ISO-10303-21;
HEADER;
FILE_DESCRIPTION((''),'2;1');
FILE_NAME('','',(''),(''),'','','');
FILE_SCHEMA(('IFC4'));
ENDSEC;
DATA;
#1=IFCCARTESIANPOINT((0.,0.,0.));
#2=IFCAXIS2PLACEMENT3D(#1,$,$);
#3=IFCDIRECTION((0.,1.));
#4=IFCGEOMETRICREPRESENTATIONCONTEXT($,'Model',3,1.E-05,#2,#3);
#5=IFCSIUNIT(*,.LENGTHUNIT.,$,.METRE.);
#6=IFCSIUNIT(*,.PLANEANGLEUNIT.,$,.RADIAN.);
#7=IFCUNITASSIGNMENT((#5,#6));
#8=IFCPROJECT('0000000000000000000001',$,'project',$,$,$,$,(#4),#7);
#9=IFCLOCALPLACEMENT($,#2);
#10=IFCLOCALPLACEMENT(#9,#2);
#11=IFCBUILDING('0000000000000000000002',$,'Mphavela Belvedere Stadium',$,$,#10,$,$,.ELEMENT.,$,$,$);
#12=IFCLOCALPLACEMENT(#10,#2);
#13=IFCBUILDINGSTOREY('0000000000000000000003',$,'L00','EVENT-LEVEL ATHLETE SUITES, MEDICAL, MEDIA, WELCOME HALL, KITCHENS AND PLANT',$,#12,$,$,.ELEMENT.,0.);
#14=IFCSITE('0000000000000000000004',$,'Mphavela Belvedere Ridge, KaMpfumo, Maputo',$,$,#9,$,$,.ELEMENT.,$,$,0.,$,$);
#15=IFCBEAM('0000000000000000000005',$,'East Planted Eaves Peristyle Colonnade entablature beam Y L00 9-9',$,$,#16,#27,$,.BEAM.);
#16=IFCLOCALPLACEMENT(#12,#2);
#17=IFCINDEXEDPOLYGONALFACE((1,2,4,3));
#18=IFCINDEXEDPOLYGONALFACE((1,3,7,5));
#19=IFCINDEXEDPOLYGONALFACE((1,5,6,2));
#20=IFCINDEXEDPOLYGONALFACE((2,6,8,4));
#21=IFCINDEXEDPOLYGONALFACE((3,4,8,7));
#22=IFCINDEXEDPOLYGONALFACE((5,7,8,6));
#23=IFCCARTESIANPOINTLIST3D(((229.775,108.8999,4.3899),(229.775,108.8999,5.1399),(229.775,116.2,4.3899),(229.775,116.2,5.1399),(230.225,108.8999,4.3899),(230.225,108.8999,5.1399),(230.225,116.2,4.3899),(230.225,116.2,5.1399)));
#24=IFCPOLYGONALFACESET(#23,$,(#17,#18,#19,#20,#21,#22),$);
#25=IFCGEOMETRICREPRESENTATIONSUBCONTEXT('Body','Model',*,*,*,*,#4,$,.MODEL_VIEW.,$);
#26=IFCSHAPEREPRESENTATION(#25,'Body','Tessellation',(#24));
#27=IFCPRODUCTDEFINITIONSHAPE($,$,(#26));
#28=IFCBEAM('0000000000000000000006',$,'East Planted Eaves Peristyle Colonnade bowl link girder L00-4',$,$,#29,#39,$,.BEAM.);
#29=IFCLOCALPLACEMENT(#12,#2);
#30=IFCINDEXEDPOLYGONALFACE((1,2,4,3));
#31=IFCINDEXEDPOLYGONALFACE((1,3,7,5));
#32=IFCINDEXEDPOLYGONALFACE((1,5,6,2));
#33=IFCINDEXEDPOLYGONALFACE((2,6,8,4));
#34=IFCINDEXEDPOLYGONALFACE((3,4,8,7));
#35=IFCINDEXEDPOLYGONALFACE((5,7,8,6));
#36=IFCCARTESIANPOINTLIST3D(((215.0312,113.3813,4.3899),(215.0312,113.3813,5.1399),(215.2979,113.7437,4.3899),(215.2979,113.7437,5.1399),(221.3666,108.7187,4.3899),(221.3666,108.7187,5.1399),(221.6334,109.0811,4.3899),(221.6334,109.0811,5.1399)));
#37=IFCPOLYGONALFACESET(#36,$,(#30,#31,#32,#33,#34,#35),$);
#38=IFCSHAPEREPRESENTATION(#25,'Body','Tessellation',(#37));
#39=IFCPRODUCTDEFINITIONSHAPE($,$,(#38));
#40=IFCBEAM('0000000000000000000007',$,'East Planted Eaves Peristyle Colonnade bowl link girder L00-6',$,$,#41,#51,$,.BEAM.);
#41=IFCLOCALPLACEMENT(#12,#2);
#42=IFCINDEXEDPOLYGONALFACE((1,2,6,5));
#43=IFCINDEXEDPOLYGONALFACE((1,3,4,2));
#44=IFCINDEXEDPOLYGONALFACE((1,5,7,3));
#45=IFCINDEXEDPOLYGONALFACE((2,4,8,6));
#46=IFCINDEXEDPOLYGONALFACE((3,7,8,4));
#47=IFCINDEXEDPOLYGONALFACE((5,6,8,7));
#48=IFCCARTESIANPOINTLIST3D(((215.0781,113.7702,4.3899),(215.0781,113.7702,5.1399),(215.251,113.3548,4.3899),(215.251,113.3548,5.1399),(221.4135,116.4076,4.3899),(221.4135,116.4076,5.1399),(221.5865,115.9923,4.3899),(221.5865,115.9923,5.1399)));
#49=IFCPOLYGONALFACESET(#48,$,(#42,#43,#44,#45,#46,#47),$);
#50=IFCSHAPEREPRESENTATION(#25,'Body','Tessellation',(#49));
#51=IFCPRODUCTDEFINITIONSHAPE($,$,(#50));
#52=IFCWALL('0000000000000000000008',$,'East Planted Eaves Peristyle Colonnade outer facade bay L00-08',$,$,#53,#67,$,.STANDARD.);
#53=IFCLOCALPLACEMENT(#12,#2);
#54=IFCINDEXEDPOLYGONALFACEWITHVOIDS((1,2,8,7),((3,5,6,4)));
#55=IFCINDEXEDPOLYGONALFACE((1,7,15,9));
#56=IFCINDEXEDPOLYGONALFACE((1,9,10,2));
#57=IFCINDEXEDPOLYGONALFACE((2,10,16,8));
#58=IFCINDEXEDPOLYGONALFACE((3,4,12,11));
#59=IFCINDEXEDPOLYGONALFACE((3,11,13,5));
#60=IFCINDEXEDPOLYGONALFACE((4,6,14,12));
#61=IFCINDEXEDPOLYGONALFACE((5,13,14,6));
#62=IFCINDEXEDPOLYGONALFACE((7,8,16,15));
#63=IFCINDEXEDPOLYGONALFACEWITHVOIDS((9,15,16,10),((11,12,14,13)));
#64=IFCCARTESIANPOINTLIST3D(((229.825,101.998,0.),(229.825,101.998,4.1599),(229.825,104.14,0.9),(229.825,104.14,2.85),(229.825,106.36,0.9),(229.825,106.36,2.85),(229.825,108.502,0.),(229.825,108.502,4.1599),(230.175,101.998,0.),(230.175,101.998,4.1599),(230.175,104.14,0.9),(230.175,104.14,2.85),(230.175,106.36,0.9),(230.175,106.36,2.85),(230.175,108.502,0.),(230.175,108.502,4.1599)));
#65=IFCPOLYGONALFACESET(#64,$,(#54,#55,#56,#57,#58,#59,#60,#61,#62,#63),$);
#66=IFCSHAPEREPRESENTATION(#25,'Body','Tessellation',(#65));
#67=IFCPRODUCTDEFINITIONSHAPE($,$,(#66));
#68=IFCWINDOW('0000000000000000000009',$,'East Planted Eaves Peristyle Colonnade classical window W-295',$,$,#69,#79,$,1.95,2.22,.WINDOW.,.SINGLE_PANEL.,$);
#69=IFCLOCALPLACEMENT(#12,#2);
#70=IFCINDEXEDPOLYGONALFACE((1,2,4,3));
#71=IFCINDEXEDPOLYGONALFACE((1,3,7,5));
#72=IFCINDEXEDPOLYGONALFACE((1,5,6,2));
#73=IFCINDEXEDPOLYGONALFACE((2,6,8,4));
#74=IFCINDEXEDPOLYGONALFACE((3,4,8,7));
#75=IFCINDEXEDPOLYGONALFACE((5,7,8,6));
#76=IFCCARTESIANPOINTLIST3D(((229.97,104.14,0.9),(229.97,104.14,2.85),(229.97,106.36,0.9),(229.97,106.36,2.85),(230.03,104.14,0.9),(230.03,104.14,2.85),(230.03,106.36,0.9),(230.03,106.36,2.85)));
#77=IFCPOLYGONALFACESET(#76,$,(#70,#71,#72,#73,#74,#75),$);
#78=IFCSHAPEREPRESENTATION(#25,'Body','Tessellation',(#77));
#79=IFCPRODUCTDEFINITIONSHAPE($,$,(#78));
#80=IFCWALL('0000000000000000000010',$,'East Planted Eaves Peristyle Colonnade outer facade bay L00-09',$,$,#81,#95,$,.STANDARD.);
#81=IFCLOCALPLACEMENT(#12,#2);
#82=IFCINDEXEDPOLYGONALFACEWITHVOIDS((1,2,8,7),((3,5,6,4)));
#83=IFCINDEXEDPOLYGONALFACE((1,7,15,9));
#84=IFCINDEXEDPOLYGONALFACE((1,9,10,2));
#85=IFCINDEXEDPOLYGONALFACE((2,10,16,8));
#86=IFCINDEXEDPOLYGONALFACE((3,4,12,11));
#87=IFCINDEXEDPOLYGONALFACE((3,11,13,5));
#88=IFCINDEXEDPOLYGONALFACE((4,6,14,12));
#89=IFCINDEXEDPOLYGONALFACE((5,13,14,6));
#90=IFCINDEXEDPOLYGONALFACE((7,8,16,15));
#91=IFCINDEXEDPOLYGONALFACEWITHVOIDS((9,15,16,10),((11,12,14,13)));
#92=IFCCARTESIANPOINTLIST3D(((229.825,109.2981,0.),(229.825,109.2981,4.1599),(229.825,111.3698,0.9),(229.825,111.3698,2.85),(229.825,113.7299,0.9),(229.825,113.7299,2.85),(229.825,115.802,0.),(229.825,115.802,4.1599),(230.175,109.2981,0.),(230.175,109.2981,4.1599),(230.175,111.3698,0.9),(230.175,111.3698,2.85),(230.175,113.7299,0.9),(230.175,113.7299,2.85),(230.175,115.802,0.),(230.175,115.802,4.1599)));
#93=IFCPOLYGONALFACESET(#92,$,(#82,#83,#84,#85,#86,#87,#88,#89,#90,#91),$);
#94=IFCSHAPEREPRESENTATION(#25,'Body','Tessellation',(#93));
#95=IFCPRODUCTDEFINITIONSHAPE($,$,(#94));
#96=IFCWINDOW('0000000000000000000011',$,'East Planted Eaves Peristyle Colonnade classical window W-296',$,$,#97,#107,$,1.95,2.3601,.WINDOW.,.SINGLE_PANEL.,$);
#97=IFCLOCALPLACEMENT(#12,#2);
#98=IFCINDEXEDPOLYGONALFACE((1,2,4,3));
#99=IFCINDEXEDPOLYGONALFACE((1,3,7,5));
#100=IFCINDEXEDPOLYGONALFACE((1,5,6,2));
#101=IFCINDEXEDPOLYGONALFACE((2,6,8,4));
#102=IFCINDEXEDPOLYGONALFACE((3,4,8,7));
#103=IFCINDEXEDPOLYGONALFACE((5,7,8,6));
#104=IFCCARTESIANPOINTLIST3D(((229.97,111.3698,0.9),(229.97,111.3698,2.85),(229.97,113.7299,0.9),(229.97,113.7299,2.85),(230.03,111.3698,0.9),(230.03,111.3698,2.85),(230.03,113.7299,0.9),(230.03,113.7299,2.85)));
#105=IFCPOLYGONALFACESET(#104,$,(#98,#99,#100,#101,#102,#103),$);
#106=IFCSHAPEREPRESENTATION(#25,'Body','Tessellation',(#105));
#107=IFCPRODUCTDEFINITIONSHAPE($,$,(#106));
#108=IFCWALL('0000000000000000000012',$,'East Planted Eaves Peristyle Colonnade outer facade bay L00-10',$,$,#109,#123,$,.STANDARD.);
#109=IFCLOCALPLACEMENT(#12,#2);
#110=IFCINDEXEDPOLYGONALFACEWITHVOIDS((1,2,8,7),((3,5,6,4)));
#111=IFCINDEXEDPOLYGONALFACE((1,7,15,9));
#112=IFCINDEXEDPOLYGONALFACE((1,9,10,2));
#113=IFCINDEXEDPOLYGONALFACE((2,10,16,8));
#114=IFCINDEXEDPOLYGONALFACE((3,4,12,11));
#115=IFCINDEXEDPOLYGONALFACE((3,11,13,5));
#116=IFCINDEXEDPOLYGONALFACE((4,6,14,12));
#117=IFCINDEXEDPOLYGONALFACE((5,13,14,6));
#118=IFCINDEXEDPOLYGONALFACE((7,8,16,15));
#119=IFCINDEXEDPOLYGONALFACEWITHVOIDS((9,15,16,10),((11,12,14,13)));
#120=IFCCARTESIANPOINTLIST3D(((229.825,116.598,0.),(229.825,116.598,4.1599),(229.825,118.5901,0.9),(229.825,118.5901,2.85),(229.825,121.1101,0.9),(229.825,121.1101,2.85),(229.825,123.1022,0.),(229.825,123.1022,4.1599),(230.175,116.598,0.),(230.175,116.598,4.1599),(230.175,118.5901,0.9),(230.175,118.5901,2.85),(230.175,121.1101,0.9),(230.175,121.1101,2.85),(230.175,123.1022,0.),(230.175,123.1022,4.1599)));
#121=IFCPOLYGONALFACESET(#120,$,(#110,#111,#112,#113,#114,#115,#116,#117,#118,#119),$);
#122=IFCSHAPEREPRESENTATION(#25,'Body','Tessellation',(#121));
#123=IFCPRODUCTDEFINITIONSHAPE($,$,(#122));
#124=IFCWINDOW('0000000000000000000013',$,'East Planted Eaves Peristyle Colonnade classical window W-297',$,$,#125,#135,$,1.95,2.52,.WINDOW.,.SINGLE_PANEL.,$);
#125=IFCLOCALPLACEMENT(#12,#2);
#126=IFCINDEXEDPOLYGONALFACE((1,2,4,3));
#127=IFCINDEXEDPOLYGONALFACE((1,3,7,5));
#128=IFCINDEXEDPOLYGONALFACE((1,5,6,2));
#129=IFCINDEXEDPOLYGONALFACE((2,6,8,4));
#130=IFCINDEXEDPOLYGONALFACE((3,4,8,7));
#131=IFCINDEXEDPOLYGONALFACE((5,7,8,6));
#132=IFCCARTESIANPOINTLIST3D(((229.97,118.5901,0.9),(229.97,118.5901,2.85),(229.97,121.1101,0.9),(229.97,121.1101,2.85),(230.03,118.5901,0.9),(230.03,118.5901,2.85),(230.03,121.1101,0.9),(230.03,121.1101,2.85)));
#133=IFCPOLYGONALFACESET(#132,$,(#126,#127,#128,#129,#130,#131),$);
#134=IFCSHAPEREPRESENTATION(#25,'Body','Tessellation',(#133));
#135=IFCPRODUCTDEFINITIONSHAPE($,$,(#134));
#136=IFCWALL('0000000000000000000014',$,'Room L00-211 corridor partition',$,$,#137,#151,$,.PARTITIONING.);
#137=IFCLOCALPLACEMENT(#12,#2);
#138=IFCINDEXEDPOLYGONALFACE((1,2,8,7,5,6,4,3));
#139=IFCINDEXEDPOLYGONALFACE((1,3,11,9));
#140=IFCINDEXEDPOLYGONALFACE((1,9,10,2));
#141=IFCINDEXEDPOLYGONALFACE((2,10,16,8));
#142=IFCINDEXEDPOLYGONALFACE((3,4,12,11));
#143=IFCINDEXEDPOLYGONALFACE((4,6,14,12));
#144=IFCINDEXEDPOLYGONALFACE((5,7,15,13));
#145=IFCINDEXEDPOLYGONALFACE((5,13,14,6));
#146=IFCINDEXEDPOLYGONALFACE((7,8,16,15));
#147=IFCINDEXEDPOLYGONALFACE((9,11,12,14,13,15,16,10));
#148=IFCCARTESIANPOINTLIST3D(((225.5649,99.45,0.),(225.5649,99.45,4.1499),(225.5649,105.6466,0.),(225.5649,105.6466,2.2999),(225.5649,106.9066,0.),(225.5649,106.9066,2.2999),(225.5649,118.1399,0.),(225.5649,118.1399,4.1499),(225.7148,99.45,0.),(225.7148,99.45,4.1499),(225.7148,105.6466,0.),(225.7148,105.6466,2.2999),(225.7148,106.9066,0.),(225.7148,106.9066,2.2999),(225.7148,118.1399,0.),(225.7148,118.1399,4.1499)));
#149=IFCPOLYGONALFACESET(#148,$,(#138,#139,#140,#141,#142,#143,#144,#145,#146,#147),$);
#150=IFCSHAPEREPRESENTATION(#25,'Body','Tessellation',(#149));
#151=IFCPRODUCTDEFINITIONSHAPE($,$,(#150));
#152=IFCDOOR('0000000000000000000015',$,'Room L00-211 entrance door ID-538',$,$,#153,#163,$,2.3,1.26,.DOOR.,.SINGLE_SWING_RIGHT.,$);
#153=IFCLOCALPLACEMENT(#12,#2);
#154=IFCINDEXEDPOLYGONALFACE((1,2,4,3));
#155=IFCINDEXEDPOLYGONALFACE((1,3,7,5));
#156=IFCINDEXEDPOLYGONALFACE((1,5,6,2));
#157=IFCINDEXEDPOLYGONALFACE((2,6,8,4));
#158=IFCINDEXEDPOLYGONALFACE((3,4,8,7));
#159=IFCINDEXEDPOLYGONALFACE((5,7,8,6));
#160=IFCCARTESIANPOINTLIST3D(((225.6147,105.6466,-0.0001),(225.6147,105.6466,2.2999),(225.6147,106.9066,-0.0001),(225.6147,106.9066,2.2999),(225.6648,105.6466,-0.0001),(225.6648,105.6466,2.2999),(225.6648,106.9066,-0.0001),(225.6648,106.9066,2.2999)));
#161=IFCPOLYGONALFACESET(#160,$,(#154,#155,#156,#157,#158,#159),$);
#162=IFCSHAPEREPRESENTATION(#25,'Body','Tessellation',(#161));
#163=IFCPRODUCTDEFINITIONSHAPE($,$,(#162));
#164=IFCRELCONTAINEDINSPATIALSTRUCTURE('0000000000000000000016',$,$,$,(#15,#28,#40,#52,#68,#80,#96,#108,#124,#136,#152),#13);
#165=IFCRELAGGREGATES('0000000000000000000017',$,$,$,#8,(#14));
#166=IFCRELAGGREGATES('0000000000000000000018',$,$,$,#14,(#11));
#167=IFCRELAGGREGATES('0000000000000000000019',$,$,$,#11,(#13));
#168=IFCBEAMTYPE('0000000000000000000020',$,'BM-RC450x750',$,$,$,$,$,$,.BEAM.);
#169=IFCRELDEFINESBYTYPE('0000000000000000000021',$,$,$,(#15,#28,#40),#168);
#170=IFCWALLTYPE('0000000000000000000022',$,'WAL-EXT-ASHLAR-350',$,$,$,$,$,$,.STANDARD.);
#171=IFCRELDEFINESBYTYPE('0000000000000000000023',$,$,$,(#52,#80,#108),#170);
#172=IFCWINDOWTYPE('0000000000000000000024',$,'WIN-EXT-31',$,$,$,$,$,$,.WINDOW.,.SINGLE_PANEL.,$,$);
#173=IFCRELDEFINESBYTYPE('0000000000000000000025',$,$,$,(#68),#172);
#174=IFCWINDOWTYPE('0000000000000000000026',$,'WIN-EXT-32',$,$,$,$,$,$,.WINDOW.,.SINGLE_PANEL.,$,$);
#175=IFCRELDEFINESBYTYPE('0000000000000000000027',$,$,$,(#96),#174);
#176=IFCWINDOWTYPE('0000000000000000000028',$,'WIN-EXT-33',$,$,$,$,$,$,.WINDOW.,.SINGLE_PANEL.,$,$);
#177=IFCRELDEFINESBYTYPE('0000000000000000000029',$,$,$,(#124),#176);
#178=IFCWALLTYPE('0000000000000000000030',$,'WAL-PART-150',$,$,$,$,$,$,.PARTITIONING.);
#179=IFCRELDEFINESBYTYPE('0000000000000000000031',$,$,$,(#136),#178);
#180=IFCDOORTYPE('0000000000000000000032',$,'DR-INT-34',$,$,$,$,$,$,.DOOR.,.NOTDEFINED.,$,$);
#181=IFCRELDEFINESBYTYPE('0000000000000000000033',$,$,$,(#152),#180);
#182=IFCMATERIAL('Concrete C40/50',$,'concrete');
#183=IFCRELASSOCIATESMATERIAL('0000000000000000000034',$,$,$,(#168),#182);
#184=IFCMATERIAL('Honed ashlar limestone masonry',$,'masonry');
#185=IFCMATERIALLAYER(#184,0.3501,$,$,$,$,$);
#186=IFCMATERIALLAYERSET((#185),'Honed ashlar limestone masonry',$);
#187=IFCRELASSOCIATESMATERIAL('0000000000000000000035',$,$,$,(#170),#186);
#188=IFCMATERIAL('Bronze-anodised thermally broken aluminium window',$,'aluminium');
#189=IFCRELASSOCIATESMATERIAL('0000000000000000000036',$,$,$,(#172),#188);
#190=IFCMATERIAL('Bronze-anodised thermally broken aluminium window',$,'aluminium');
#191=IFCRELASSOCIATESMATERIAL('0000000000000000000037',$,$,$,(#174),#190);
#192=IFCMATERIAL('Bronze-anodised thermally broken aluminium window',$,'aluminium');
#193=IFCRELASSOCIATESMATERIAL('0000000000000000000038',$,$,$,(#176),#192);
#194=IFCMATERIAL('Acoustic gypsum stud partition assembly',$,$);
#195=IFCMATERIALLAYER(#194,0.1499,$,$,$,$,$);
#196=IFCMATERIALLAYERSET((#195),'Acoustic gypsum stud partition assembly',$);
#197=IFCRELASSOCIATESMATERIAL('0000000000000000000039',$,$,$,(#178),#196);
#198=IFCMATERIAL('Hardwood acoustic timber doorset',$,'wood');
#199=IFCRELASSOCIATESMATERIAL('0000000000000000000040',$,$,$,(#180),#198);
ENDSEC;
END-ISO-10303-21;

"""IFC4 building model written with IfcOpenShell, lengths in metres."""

from ifc_helpers import new_model, si_unit, direction, frame, frame_2d, origin, origin_2d, place, context, subcontext, project, spatial, rectangle, extrude, material, layer, layer_set, material_profile, profile_set, type_object, element, fill, save


model = new_model("IFC4")

# Units and contexts
model_context = context("Model", 3, precision=1e-05, world=origin(), true_north=direction((0.0, 1.0)))
body_context = subcontext(model_context, "Body", "Model", "MODEL_VIEW")
ifc_project = project(units=[si_unit("LENGTHUNIT", "METRE"), si_unit("PLANEANGLEUNIT", "RADIAN")], contexts=[model_context])

# Site, building, storey
site_placement = place(None, origin())
site = spatial("IfcSite", under=ifc_project, at=site_placement, Name="Mphavela Belvedere Ridge, KaMpfumo, Maputo", CompositionType="ELEMENT", RefElevation=0.0)
building_placement = place(site_placement, origin())
building = spatial("IfcBuilding", under=site, at=building_placement, Name="Mphavela Belvedere Stadium", CompositionType="ELEMENT")
storey_placement = place(building_placement, origin())
storey = spatial("IfcBuildingStorey", under=building, at=storey_placement, Name="L00", Description="EVENT-LEVEL ATHLETE SUITES, MEDICAL, MEDIA, WELCOME HALL, KITCHENS AND PLANT", CompositionType="ELEMENT", Elevation=0.0)

# Beams
ifc_material_1 = material(Name="Concrete C40/50", Category="concrete")
ifc_material_profile_1 = material_profile(ifc_material_1, rectangle(XDim=0.45, YDim=0.75, at=origin_2d()), Name="RC 450x750")
ifc_profile_set_1 = profile_set([ifc_material_profile_1], Name="Concrete C40/50")
beam_type_1 = type_object("IfcBeamType", Name="BM-RC450x750", PredefinedType="BEAM", material=ifc_profile_set_1)
beam_1_placement = place(storey_placement, frame((230.0, 108.8999, 4.7649), z_axis=(0.0, 1.0, 0.0), x_axis=(-1.0, 0.0, 0.0)))
element("IfcBeam", 1, at=beam_1_placement, inside=storey, type_object=beam_type_1, Name="East Planted Eaves Peristyle Colonnade entablature beam Y L00 9-9", PredefinedType="BEAM", context=body_context, shape_type="SweptSolid", body=[
    extrude(rectangle(XDim=0.45, YDim=0.75, at=origin_2d()), origin(), (0.0, 0.0, 1.0), 7.3),
])
beam_2_placement = place(storey_placement, frame((221.5, 108.8999, 4.7649), z_axis=(-0.805397, 0.592735, 0.0), x_axis=(-0.592735, -0.805397, 0.0)))
element("IfcBeam", 2, at=beam_2_placement, inside=storey, type_object=beam_type_1, Name="East Planted Eaves Peristyle Colonnade bowl link girder L00-4", PredefinedType="BEAM", context=body_context, shape_type="SweptSolid", body=[
    extrude(rectangle(XDim=0.45, YDim=0.75, at=origin_2d()), origin(), (0.0, 0.0, 1.0), 7.8662),
])
beam_3_placement = place(storey_placement, frame((221.5, 116.2, 4.7649), z_axis=(-0.923197, -0.384327, 0.0), x_axis=(0.384327, -0.923197, 0.0)))
element("IfcBeam", 3, at=beam_3_placement, inside=storey, type_object=beam_type_1, Name="East Planted Eaves Peristyle Colonnade bowl link girder L00-6", PredefinedType="BEAM", context=body_context, shape_type="SweptSolid", body=[
    extrude(rectangle(XDim=0.45, YDim=0.75, at=origin_2d()), origin(), (0.0, 0.0, 1.0), 6.8625),
])

# Walls, openings, windows
ifc_material_2 = material(Name="Honed ashlar limestone masonry", Category="masonry")
ifc_layer_1 = layer(ifc_material_2, 0.3501)
ifc_layer_set_1 = layer_set([ifc_layer_1], Name="Honed ashlar limestone masonry")
wall_type_1 = type_object("IfcWallType", Name="WAL-EXT-ASHLAR-350", PredefinedType="STANDARD", material=ifc_layer_set_1)
wall_1_placement = place(storey_placement, frame((230.0, 108.502, 0.0), z_axis=(0.0, 0.0, 1.0), x_axis=(0.0, -1.0, 0.0)))
wall_1 = element("IfcWall", 4, at=wall_1_placement, inside=storey, type_object=wall_type_1, Name="East Planted Eaves Peristyle Colonnade outer facade bay L00-08", PredefinedType="STANDARD", context=body_context, shape_type="SweptSolid", body=[
    extrude(rectangle(XDim=6.5039, YDim=0.3501, at=frame_2d((3.252, 0.0))), origin(), (0.0, 0.0, 1.0), 4.1599),
])
opening_1_placement = place(wall_1_placement, frame((2.1421, 0.0, 0.8999)))
opening_1 = element("IfcOpeningElement", 5, at=opening_1_placement, cuts=wall_1, PredefinedType="OPENING", context=body_context, shape_type="SweptSolid", body=[
    extrude(rectangle(XDim=2.22, YDim=1.95, at=frame_2d((1.1099, 0.9751))), frame((0.0, 0.1851, 0.0), z_axis=(0.0, -1.0, 0.0), x_axis=(1.0, 0.0, 0.0)), (0.0, 0.0, 1.0), 0.3701),
])
ifc_material_3 = material(Name="Bronze-anodised thermally broken aluminium window", Category="aluminium")
window_type_1 = type_object("IfcWindowType", Name="WIN-EXT-31", PartitioningType="SINGLE_PANEL", PredefinedType="WINDOW", material=ifc_material_3)
window_1_placement = place(opening_1_placement, origin())
window_1 = element("IfcWindow", 6, at=window_1_placement, inside=storey, type_object=window_type_1, Name="East Planted Eaves Peristyle Colonnade classical window W-295", OverallHeight=1.95, OverallWidth=2.22, PartitioningType="SINGLE_PANEL", PredefinedType="WINDOW", context=body_context, shape_type="SweptSolid", body=[
    extrude(rectangle(XDim=2.22, YDim=1.95, at=frame_2d((1.1099, 0.9751))), frame((0.0, 0.03, 0.0), z_axis=(0.0, -1.0, 0.0), x_axis=(1.0, 0.0, 0.0)), (0.0, 0.0, 1.0), 0.0601),
])
fill(opening_1, window_1)
wall_2_placement = place(storey_placement, frame((230.0, 115.802, 0.0), z_axis=(0.0, 0.0, 1.0), x_axis=(0.0, -1.0, 0.0)))
wall_2 = element("IfcWall", 7, at=wall_2_placement, inside=storey, type_object=wall_type_1, Name="East Planted Eaves Peristyle Colonnade outer facade bay L00-09", PredefinedType="STANDARD", context=body_context, shape_type="SweptSolid", body=[
    extrude(rectangle(XDim=6.5039, YDim=0.3501, at=frame_2d((3.252, 0.0))), origin(), (0.0, 0.0, 1.0), 4.1599),
])
opening_2_placement = place(wall_2_placement, frame((2.072, 0.0, 0.8999)))
opening_2 = element("IfcOpeningElement", 8, at=opening_2_placement, cuts=wall_2, PredefinedType="OPENING", context=body_context, shape_type="SweptSolid", body=[
    extrude(rectangle(XDim=2.3601, YDim=1.95, at=frame_2d((1.1802, 0.9751))), frame((0.0, 0.1851, 0.0), z_axis=(0.0, -1.0, 0.0), x_axis=(1.0, 0.0, 0.0)), (0.0, 0.0, 1.0), 0.3701),
])
ifc_material_4 = material(Name="Bronze-anodised thermally broken aluminium window", Category="aluminium")
window_type_2 = type_object("IfcWindowType", Name="WIN-EXT-32", PartitioningType="SINGLE_PANEL", PredefinedType="WINDOW", material=ifc_material_4)
window_2_placement = place(opening_2_placement, origin())
window_2 = element("IfcWindow", 9, at=window_2_placement, inside=storey, type_object=window_type_2, Name="East Planted Eaves Peristyle Colonnade classical window W-296", OverallHeight=1.95, OverallWidth=2.3601, PartitioningType="SINGLE_PANEL", PredefinedType="WINDOW", context=body_context, shape_type="SweptSolid", body=[
    extrude(rectangle(XDim=2.3601, YDim=1.95, at=frame_2d((1.1802, 0.9751))), frame((0.0, 0.03, 0.0), z_axis=(0.0, -1.0, 0.0), x_axis=(1.0, 0.0, 0.0)), (0.0, 0.0, 1.0), 0.0601),
])
fill(opening_2, window_2)
wall_3_placement = place(storey_placement, frame((230.0, 123.1021, 0.0), z_axis=(0.0, 0.0, 1.0), x_axis=(0.0, -1.0, 0.0)))
wall_3 = element("IfcWall", 10, at=wall_3_placement, inside=storey, type_object=wall_type_1, Name="East Planted Eaves Peristyle Colonnade outer facade bay L00-10", PredefinedType="STANDARD", context=body_context, shape_type="SweptSolid", body=[
    extrude(rectangle(XDim=6.5042, YDim=0.3501, at=frame_2d((3.252, 0.0))), origin(), (0.0, 0.0, 1.0), 4.1599),
])
opening_3_placement = place(wall_3_placement, frame((1.9919, 0.0, 0.8999)))
opening_3 = element("IfcOpeningElement", 11, at=opening_3_placement, cuts=wall_3, PredefinedType="OPENING", context=body_context, shape_type="SweptSolid", body=[
    extrude(rectangle(XDim=2.52, YDim=1.95, at=frame_2d((1.26, 0.9751))), frame((0.0, 0.1851, 0.0), z_axis=(0.0, -1.0, 0.0), x_axis=(1.0, 0.0, 0.0)), (0.0, 0.0, 1.0), 0.3701),
])
ifc_material_5 = material(Name="Bronze-anodised thermally broken aluminium window", Category="aluminium")
window_type_3 = type_object("IfcWindowType", Name="WIN-EXT-33", PartitioningType="SINGLE_PANEL", PredefinedType="WINDOW", material=ifc_material_5)
window_3_placement = place(opening_3_placement, origin())
window_3 = element("IfcWindow", 12, at=window_3_placement, inside=storey, type_object=window_type_3, Name="East Planted Eaves Peristyle Colonnade classical window W-297", OverallHeight=1.95, OverallWidth=2.52, PartitioningType="SINGLE_PANEL", PredefinedType="WINDOW", context=body_context, shape_type="SweptSolid", body=[
    extrude(rectangle(XDim=2.52, YDim=1.95, at=frame_2d((1.26, 0.9751))), frame((0.0, 0.03, 0.0), z_axis=(0.0, -1.0, 0.0), x_axis=(1.0, 0.0, 0.0)), (0.0, 0.0, 1.0), 0.0601),
])
fill(opening_3, window_3)

# Wall, opening, door
ifc_material_6 = material(Name="Acoustic gypsum stud partition assembly")
ifc_layer_2 = layer(ifc_material_6, 0.1499)
ifc_layer_set_2 = layer_set([ifc_layer_2], Name="Acoustic gypsum stud partition assembly")
wall_type_2 = type_object("IfcWallType", Name="WAL-PART-150", PredefinedType="PARTITIONING", material=ifc_layer_set_2)
wall_4_placement = place(storey_placement, frame((225.6399, 118.1399, 0.0), z_axis=(0.0, 0.0, 1.0), x_axis=(0.0, -1.0, 0.0)))
wall_4 = element("IfcWall", 13, at=wall_4_placement, inside=storey, type_object=wall_type_2, Name="Room L00-211 corridor partition", PredefinedType="PARTITIONING", context=body_context, shape_type="SweptSolid", body=[
    extrude(rectangle(XDim=18.6899, YDim=0.1499, at=frame_2d((9.345, 0.0))), origin(), (0.0, 0.0, 1.0), 4.1499),
])
opening_4_placement = place(wall_4_placement, frame((11.2334, 0.0, 0.0)))
opening_4 = element("IfcOpeningElement", 14, at=opening_4_placement, cuts=wall_4, PredefinedType="OPENING", context=body_context, shape_type="SweptSolid", body=[
    extrude(rectangle(XDim=1.26, YDim=2.3, at=frame_2d((0.6299, 1.1499))), frame((0.0, 0.085, 0.0), z_axis=(0.0, -1.0, 0.0), x_axis=(1.0, 0.0, 0.0)), (0.0, 0.0, 1.0), 0.1699),
])
ifc_material_7 = material(Name="Hardwood acoustic timber doorset", Category="wood")
door_type_1 = type_object("IfcDoorType", Name="DR-INT-34", OperationType="NOTDEFINED", PredefinedType="DOOR", material=ifc_material_7)
door_1_placement = place(opening_4_placement, origin())
door_1 = element("IfcDoor", 15, at=door_1_placement, inside=storey, type_object=door_type_1, Name="Room L00-211 entrance door ID-538", OperationType="SINGLE_SWING_RIGHT", OverallHeight=2.3, OverallWidth=1.26, PredefinedType="DOOR", context=body_context, shape_type="SweptSolid", body=[
    extrude(rectangle(XDim=1.26, YDim=2.3, at=frame_2d((0.6299, 1.1499))), frame((0.0, 0.0249, 0.0), z_axis=(0.0, -1.0, 0.0), x_axis=(1.0, 0.0, 0.0)), (0.0, 0.0, 1.0), 0.05),
])
fill(opening_4, door_1)

save(model, "model.ifc")
